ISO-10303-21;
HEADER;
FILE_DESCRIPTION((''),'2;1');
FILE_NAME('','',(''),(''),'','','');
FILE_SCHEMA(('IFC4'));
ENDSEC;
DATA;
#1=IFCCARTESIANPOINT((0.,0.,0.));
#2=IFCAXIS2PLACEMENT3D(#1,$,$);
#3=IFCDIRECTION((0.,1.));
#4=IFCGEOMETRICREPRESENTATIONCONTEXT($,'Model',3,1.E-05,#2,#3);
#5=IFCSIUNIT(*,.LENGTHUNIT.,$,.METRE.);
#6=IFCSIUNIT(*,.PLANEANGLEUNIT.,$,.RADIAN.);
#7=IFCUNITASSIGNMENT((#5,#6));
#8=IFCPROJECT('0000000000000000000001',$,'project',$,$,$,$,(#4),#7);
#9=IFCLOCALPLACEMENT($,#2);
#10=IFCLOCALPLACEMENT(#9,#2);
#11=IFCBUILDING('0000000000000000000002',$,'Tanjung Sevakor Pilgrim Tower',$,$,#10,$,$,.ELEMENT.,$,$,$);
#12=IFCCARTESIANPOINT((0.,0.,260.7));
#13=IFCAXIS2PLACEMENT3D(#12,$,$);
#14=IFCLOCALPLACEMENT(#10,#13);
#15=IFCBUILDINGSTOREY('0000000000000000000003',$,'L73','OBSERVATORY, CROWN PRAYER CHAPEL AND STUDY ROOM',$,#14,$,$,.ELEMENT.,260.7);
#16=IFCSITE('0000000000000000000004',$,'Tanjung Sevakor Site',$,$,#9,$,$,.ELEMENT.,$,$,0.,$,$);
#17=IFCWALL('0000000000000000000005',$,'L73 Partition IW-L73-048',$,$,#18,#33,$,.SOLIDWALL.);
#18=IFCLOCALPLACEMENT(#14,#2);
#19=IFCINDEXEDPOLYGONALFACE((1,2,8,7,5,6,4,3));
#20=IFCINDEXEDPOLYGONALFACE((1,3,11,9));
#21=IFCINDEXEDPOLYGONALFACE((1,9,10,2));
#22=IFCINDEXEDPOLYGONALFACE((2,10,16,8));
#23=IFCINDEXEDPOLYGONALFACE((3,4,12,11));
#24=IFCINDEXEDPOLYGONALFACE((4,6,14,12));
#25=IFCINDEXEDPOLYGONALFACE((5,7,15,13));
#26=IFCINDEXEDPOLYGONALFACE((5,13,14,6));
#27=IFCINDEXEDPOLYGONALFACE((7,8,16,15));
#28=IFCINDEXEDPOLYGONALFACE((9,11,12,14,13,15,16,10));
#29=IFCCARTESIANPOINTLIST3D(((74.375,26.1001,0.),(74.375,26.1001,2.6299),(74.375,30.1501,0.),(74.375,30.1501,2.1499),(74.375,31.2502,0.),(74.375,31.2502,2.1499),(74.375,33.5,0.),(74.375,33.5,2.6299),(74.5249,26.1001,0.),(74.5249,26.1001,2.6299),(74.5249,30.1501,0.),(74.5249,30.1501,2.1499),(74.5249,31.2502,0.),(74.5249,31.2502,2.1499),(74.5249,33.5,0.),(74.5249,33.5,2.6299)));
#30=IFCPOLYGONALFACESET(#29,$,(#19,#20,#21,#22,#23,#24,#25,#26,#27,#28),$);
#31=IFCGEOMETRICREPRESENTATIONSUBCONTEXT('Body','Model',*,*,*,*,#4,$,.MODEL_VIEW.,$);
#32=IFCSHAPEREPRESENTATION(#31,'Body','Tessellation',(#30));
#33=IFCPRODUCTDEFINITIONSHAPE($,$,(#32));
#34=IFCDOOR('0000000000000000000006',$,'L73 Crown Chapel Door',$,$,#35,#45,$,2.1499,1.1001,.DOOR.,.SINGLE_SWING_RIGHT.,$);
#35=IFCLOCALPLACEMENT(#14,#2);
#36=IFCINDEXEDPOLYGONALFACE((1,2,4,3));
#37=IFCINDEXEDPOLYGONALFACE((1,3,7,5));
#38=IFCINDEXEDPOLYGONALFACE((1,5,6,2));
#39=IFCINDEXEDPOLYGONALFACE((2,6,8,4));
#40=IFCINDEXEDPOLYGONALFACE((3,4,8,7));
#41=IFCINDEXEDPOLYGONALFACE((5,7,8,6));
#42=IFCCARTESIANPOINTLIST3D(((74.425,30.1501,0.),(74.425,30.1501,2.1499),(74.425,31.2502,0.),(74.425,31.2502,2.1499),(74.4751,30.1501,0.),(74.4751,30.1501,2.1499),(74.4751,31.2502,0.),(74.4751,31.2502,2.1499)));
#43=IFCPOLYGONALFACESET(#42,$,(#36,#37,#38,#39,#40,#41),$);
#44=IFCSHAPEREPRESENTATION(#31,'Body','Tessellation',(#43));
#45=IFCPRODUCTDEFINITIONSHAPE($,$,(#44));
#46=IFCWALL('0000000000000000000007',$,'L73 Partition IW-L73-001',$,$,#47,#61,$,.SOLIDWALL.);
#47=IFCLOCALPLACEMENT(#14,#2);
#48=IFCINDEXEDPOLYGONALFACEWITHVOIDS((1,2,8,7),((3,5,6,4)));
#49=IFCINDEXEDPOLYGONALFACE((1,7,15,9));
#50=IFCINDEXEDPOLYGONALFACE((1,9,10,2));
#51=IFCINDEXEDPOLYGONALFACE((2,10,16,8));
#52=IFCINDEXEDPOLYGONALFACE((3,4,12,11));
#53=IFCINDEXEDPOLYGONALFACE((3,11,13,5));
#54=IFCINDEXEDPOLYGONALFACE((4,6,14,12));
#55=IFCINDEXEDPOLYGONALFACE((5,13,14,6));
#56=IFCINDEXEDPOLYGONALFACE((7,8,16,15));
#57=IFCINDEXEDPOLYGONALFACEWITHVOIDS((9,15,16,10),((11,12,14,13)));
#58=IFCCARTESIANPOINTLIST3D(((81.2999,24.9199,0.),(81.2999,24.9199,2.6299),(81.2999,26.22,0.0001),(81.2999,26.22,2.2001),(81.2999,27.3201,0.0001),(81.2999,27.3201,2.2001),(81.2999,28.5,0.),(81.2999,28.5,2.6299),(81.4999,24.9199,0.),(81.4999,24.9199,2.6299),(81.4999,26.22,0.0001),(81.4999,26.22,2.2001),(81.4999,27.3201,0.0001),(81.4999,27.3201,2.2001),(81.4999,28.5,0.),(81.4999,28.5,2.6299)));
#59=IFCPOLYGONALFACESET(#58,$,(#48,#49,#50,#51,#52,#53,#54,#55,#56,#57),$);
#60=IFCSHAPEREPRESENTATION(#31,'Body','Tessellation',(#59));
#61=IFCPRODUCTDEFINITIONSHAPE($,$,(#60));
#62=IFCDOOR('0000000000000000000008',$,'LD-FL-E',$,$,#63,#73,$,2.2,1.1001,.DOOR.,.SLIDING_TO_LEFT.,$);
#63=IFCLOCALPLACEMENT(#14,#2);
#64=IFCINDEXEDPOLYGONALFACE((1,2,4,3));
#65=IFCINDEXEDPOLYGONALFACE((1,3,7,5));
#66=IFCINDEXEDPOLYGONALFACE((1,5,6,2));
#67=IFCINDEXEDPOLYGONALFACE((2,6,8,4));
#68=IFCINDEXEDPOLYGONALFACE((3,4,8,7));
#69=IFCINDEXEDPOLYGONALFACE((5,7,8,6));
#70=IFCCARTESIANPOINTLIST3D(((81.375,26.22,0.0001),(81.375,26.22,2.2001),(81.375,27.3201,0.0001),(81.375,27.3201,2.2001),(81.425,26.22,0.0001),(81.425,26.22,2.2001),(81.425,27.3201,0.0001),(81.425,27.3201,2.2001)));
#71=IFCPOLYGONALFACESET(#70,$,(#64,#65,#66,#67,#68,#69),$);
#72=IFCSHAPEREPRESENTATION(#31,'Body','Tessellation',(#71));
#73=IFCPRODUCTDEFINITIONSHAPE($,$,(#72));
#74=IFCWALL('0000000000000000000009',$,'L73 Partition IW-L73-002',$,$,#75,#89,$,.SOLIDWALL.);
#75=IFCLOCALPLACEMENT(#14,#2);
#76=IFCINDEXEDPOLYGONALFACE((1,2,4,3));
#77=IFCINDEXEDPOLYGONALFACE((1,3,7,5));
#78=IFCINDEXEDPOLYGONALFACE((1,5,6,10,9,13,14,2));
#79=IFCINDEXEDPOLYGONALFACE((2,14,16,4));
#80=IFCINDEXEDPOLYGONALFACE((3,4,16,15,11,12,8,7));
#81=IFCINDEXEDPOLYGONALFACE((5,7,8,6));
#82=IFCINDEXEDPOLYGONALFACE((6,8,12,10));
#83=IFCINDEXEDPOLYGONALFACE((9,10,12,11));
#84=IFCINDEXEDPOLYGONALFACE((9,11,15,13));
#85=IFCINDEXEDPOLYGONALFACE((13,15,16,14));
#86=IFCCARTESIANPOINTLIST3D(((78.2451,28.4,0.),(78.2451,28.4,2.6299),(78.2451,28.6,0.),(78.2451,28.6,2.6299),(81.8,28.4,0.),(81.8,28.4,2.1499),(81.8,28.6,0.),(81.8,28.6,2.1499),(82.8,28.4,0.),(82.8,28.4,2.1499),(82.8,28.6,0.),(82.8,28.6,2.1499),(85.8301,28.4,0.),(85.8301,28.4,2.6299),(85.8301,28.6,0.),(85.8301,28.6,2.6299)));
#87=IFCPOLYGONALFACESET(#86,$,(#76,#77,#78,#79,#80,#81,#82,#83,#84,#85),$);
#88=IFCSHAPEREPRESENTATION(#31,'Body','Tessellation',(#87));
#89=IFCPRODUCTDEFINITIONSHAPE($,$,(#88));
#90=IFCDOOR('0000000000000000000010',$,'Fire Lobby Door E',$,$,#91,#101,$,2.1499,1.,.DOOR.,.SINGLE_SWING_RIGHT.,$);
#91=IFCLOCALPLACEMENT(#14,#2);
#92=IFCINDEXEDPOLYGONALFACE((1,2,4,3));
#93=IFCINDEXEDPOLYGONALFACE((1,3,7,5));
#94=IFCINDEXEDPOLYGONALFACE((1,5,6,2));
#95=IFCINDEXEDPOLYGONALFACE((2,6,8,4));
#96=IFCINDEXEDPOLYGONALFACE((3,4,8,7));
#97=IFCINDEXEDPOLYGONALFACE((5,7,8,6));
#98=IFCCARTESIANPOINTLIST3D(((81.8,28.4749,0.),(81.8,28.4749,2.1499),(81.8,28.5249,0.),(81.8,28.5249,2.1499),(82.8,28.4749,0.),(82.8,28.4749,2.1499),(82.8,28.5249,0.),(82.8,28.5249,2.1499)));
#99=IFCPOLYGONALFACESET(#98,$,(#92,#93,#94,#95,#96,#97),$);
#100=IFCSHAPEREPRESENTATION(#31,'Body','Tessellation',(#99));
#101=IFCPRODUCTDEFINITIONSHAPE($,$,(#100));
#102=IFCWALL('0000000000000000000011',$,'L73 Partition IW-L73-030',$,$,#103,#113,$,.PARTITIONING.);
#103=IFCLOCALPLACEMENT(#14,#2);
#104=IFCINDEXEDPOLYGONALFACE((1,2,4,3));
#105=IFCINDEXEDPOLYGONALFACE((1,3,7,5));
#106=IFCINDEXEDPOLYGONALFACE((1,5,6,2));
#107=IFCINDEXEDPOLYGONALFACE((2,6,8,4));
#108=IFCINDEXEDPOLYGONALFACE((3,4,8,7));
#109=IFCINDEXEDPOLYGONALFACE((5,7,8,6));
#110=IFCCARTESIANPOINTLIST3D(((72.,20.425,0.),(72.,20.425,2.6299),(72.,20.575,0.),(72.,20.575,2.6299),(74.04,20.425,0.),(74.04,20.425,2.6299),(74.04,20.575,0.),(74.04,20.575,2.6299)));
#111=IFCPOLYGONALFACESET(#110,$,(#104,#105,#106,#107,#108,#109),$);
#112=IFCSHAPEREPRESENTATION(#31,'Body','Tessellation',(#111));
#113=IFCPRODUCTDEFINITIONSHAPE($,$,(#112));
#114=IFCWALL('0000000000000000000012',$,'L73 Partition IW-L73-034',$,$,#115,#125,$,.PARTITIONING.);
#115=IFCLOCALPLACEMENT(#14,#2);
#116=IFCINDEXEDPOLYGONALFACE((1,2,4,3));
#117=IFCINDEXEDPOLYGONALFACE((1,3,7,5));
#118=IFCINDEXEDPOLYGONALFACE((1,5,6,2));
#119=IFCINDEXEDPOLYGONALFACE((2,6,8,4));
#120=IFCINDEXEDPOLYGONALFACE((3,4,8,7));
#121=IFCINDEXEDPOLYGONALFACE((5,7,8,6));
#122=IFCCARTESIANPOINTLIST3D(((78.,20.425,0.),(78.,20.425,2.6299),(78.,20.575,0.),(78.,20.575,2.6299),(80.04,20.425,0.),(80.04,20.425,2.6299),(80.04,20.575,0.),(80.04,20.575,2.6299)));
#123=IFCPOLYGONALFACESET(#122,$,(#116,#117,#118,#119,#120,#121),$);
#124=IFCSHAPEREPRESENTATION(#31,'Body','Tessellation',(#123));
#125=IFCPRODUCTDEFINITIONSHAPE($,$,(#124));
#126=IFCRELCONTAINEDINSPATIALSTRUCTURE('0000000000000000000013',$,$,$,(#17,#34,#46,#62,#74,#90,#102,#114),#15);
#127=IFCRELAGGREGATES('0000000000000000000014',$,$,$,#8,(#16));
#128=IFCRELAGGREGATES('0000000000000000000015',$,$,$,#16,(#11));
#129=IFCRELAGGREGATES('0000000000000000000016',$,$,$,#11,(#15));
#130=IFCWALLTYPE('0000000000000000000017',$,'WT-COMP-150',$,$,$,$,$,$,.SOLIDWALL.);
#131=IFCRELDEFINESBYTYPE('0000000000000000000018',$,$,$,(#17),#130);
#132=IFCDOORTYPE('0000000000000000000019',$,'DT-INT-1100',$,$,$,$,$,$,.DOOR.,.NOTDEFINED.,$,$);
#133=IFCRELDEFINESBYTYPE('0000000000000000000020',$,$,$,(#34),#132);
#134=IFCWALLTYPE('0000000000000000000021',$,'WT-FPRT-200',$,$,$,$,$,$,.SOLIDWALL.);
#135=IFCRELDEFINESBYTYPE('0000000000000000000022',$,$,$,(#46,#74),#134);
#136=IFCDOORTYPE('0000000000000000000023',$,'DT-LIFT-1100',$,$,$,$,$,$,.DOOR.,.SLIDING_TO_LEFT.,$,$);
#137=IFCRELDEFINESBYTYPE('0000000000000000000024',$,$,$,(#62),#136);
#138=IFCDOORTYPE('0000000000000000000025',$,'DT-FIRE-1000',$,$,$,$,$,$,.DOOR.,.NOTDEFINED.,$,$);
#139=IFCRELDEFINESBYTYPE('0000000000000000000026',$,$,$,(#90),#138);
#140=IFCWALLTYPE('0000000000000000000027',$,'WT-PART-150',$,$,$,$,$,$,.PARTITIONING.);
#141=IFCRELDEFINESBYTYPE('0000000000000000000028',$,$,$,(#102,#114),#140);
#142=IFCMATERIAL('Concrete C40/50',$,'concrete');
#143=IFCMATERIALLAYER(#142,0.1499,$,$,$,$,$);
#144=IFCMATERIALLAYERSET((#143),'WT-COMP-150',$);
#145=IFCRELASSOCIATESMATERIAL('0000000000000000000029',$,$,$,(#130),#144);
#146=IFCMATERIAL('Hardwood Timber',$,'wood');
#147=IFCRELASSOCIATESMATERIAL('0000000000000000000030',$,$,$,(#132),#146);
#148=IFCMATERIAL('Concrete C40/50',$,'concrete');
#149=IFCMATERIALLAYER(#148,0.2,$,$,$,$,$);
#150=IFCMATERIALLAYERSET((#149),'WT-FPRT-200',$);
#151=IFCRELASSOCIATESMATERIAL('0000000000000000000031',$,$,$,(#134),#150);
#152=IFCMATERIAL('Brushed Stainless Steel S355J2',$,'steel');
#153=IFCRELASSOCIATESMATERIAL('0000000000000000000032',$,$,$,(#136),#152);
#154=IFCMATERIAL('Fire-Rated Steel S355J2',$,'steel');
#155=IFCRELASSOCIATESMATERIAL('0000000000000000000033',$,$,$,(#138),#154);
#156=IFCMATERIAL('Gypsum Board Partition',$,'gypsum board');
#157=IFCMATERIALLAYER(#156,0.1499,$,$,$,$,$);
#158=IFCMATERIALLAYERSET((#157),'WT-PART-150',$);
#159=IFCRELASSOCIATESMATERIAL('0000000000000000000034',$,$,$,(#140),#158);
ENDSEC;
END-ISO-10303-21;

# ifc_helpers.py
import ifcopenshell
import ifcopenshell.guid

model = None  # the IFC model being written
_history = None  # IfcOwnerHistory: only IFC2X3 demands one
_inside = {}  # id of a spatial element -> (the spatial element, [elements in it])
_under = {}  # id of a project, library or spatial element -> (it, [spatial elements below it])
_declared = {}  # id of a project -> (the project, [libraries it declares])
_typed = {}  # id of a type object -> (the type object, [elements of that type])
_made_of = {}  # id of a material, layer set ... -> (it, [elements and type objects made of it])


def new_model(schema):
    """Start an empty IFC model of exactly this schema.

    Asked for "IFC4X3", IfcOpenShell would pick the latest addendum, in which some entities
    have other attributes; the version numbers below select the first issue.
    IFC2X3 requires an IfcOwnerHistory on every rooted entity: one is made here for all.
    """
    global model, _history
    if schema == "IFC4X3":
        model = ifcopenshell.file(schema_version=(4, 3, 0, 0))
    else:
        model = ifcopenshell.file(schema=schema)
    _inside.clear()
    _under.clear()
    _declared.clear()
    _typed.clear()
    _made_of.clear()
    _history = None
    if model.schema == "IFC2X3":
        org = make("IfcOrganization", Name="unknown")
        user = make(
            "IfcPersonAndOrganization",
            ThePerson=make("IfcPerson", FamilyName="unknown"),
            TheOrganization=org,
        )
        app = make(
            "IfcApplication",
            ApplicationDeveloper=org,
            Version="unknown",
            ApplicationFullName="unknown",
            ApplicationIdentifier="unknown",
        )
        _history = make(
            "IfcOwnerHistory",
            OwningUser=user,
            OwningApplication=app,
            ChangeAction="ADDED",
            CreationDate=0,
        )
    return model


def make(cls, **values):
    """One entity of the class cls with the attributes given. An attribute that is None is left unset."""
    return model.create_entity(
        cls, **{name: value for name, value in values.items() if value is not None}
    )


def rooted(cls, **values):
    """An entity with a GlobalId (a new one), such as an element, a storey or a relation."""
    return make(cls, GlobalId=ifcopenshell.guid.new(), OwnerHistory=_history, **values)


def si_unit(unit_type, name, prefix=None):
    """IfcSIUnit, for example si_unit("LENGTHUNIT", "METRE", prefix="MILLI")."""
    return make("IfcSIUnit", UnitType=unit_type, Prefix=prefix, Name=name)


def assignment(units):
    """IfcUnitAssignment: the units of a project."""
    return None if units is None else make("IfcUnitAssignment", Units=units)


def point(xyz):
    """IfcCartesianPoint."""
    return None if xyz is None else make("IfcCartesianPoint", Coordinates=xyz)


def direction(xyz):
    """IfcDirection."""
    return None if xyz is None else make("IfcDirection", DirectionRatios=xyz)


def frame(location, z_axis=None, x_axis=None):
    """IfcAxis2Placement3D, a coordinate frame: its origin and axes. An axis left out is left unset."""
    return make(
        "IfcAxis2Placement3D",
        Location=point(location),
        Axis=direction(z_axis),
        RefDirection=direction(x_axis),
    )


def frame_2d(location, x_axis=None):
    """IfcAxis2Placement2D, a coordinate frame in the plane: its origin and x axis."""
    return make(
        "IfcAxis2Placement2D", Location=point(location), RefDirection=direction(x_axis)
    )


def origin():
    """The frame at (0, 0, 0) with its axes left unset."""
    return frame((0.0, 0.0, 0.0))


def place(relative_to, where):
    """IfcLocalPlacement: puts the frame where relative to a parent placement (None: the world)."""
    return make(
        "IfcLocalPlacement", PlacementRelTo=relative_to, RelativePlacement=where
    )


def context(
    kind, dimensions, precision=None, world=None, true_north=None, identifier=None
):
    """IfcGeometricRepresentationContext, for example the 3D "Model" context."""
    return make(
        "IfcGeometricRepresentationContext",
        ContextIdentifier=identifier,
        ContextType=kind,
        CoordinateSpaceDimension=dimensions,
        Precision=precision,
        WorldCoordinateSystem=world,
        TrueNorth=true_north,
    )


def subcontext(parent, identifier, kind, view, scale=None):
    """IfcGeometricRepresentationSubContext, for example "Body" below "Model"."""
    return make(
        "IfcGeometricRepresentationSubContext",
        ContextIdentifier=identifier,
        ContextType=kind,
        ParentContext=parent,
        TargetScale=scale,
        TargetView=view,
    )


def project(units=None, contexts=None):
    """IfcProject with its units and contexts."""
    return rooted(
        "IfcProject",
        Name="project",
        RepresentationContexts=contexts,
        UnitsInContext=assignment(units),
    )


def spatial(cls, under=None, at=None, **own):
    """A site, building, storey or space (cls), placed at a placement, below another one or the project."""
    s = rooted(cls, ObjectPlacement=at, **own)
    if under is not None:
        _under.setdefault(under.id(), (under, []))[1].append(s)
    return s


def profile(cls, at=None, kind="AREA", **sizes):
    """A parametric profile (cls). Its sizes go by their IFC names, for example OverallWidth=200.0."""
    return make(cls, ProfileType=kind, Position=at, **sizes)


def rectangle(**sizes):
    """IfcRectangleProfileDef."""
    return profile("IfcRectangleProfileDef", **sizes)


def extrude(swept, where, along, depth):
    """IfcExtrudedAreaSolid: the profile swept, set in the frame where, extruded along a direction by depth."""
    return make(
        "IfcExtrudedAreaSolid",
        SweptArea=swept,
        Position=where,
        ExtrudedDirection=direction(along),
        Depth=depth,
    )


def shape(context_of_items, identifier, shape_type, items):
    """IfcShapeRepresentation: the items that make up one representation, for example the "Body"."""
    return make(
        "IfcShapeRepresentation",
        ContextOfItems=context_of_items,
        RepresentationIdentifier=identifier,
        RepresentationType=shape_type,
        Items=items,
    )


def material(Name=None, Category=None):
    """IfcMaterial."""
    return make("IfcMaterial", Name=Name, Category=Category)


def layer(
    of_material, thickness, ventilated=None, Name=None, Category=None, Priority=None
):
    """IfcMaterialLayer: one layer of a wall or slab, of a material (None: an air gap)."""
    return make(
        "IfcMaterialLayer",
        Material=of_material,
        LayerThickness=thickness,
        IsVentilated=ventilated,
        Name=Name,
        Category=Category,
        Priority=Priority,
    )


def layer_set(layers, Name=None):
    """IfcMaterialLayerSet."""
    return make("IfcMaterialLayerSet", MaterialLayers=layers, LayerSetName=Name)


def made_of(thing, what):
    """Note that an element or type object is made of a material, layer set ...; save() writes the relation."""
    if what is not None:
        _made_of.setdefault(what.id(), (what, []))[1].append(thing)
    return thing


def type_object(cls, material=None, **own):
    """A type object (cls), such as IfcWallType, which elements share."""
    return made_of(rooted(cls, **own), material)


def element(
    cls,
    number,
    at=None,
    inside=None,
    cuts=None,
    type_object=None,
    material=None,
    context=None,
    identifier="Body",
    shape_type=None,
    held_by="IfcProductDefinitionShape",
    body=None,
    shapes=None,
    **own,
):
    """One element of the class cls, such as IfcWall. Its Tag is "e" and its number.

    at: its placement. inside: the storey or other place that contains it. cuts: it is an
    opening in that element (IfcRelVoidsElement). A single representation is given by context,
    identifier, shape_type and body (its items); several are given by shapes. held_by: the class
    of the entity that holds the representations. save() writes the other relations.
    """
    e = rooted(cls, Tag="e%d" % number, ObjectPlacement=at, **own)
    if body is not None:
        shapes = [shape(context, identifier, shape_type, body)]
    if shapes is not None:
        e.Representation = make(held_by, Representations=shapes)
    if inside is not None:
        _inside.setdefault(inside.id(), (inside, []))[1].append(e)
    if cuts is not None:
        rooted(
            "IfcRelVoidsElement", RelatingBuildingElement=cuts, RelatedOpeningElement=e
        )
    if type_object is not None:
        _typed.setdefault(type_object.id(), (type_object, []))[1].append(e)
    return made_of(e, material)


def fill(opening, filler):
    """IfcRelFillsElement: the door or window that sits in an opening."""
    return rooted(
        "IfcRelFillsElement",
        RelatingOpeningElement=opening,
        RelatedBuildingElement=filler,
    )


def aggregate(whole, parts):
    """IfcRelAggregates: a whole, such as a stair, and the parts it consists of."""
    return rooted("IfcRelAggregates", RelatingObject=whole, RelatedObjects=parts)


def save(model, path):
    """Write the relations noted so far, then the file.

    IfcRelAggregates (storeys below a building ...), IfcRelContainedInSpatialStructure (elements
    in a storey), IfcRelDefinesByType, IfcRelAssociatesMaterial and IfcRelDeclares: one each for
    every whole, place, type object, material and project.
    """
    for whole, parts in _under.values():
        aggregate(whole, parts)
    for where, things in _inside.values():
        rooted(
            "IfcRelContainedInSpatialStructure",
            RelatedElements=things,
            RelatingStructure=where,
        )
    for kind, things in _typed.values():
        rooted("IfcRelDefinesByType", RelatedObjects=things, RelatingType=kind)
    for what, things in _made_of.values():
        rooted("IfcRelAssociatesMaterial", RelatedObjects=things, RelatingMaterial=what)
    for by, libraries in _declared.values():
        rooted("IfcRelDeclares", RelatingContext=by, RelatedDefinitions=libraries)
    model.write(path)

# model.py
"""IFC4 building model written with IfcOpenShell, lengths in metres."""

from ifc_helpers import new_model, si_unit, direction, frame, frame_2d, origin, place, context, subcontext, project, spatial, rectangle, extrude, material, layer, layer_set, type_object, element, fill, save


model = new_model("IFC4")

# Units and contexts
model_context = context("Model", 3, precision=1e-05, world=origin(), true_north=direction((0.0, 1.0)))
body_context = subcontext(model_context, "Body", "Model", "MODEL_VIEW")
ifc_project = project(units=[si_unit("LENGTHUNIT", "METRE"), si_unit("PLANEANGLEUNIT", "RADIAN")], contexts=[model_context])

# Site, building, storey
site_placement = place(None, origin())
site = spatial("IfcSite", under=ifc_project, at=site_placement, Name="Tanjung Sevakor Site", CompositionType="ELEMENT", RefElevation=0.0)
building_placement = place(site_placement, origin())
building = spatial("IfcBuilding", under=site, at=building_placement, Name="Tanjung Sevakor Pilgrim Tower", CompositionType="ELEMENT")
storey_placement = place(building_placement, frame((0.0, 0.0, 260.7)))
storey = spatial("IfcBuildingStorey", under=building, at=storey_placement, Name="L73", Description="OBSERVATORY, CROWN PRAYER CHAPEL AND STUDY ROOM", CompositionType="ELEMENT", Elevation=260.7)

# Walls, openings, doors
ifc_material_1 = material(Name="Concrete C40/50", Category="concrete")
ifc_layer_1 = layer(ifc_material_1, 0.1499)
ifc_layer_set_1 = layer_set([ifc_layer_1], Name="WT-COMP-150")
wall_type_1 = type_object("IfcWallType", Name="WT-COMP-150", PredefinedType="SOLIDWALL", material=ifc_layer_set_1)
wall_1_placement = place(storey_placement, frame((74.45, 26.1001, 0.0), z_axis=(0.0, 0.0, 1.0), x_axis=(0.0, 1.0, 0.0)))
wall_1 = element("IfcWall", 1, at=wall_1_placement, inside=storey, type_object=wall_type_1, Name="L73 Partition IW-L73-048", PredefinedType="SOLIDWALL", context=body_context, shape_type="SweptSolid", body=[
    extrude(rectangle(XDim=7.3999, YDim=0.1499, at=frame_2d((3.7, 0.0))), origin(), (0.0, 0.0, 1.0), 2.6299),
])
opening_1_placement = place(wall_1_placement, frame((4.05, 0.0, 0.0)))
opening_1 = element("IfcOpeningElement", 2, at=opening_1_placement, cuts=wall_1, PredefinedType="OPENING", context=body_context, shape_type="SweptSolid", body=[
    extrude(rectangle(XDim=1.1001, YDim=2.1499, at=frame_2d((0.55, 1.075))), frame((0.0, 0.085, 0.0), z_axis=(0.0, -1.0, 0.0), x_axis=(1.0, 0.0, 0.0)), (0.0, 0.0, 1.0), 0.1699),
])
ifc_material_2 = material(Name="Hardwood Timber", Category="wood")
door_type_1 = type_object("IfcDoorType", Name="DT-INT-1100", OperationType="NOTDEFINED", PredefinedType="DOOR", material=ifc_material_2)
door_1_placement = place(opening_1_placement, origin())
door_1 = element("IfcDoor", 3, at=door_1_placement, inside=storey, type_object=door_type_1, Name="L73 Crown Chapel Door", OperationType="SINGLE_SWING_RIGHT", OverallHeight=2.1499, OverallWidth=1.1001, PredefinedType="DOOR", context=body_context, shape_type="SweptSolid", body=[
    extrude(rectangle(XDim=1.1001, YDim=2.1499, at=frame_2d((0.55, 1.075))), frame((0.0, 0.0249, 0.0), z_axis=(0.0, -1.0, 0.0), x_axis=(1.0, 0.0, 0.0)), (0.0, 0.0, 1.0), 0.05),
])
fill(opening_1, door_1)
ifc_material_3 = material(Name="Concrete C40/50", Category="concrete")
ifc_layer_2 = layer(ifc_material_3, 0.2)
ifc_layer_set_2 = layer_set([ifc_layer_2], Name="WT-FPRT-200")
wall_type_2 = type_object("IfcWallType", Name="WT-FPRT-200", PredefinedType="SOLIDWALL", material=ifc_layer_set_2)
wall_2_placement = place(storey_placement, frame((81.3999, 24.9199, 0.0), z_axis=(0.0, 0.0, 1.0), x_axis=(0.0, 1.0, 0.0)))
wall_2 = element("IfcWall", 4, at=wall_2_placement, inside=storey, type_object=wall_type_2, Name="L73 Partition IW-L73-001", PredefinedType="SOLIDWALL", context=body_context, shape_type="SweptSolid", body=[
    extrude(rectangle(XDim=3.5801, YDim=0.2, at=frame_2d((1.79, 0.0))), origin(), (0.0, 0.0, 1.0), 2.6299),
])
opening_2_placement = place(wall_2_placement, frame((1.3, 0.0, 0.0)))
opening_2 = element("IfcOpeningElement", 5, at=opening_2_placement, cuts=wall_2, PredefinedType="OPENING", context=body_context, shape_type="SweptSolid", body=[
    extrude(rectangle(XDim=1.1001, YDim=2.2, at=frame_2d((0.55, 1.1001))), frame((0.0, 0.1099, 0.0), z_axis=(0.0, -1.0, 0.0), x_axis=(1.0, 0.0, 0.0)), (0.0, 0.0, 1.0), 0.22),
])
ifc_material_4 = material(Name="Brushed Stainless Steel S355J2", Category="steel")
door_type_2 = type_object("IfcDoorType", Name="DT-LIFT-1100", OperationType="SLIDING_TO_LEFT", PredefinedType="DOOR", material=ifc_material_4)
door_2_placement = place(opening_2_placement, origin())
door_2 = element("IfcDoor", 6, at=door_2_placement, inside=storey, type_object=door_type_2, Name="LD-FL-E", OperationType="SLIDING_TO_LEFT", OverallHeight=2.2, OverallWidth=1.1001, PredefinedType="DOOR", context=body_context, shape_type="SweptSolid", body=[
    extrude(rectangle(XDim=1.1001, YDim=2.2, at=frame_2d((0.55, 1.1001))), frame((0.0, 0.0249, 0.0), z_axis=(0.0, -1.0, 0.0), x_axis=(1.0, 0.0, 0.0)), (0.0, 0.0, 1.0), 0.05),
])
fill(opening_2, door_2)
wall_3_placement = place(storey_placement, frame((78.2451, 28.5, 0.0), z_axis=(0.0, 0.0, 1.0), x_axis=(1.0, 0.0, 0.0)))
wall_3 = element("IfcWall", 7, at=wall_3_placement, inside=storey, type_object=wall_type_2, Name="L73 Partition IW-L73-002", PredefinedType="SOLIDWALL", context=body_context, shape_type="SweptSolid", body=[
    extrude(rectangle(XDim=7.585, YDim=0.2, at=frame_2d((3.7925, 0.0))), origin(), (0.0, 0.0, 1.0), 2.6299),
])
opening_3_placement = place(wall_3_placement, frame((3.5549, 0.0, 0.0)))
opening_3 = element("IfcOpeningElement", 8, at=opening_3_placement, cuts=wall_3, PredefinedType="OPENING", context=body_context, shape_type="SweptSolid", body=[
    extrude(rectangle(XDim=1.0, YDim=2.1499, at=frame_2d((0.5, 1.075))), frame((0.0, 0.1099, 0.0), z_axis=(0.0, -1.0, 0.0), x_axis=(1.0, 0.0, 0.0)), (0.0, 0.0, 1.0), 0.22),
])
ifc_material_5 = material(Name="Fire-Rated Steel S355J2", Category="steel")
door_type_3 = type_object("IfcDoorType", Name="DT-FIRE-1000", OperationType="NOTDEFINED", PredefinedType="DOOR", material=ifc_material_5)
door_3_placement = place(opening_3_placement, origin())
door_3 = element("IfcDoor", 9, at=door_3_placement, inside=storey, type_object=door_type_3, Name="Fire Lobby Door E", OperationType="SINGLE_SWING_RIGHT", OverallHeight=2.1499, OverallWidth=1.0, PredefinedType="DOOR", context=body_context, shape_type="SweptSolid", body=[
    extrude(rectangle(XDim=1.0, YDim=2.1499, at=frame_2d((0.5, 1.075))), frame((0.0, 0.0249, 0.0), z_axis=(0.0, -1.0, 0.0), x_axis=(1.0, 0.0, 0.0)), (0.0, 0.0, 1.0), 0.05),
])
fill(opening_3, door_3)

# Walls
ifc_material_6 = material(Name="Gypsum Board Partition", Category="gypsum board")
ifc_layer_3 = layer(ifc_material_6, 0.1499)
ifc_layer_set_3 = layer_set([ifc_layer_3], Name="WT-PART-150")
wall_type_3 = type_object("IfcWallType", Name="WT-PART-150", PredefinedType="PARTITIONING", material=ifc_layer_set_3)
for number, where, z_axis, x_axis, name in (
    (10, (72.0, 20.5, 0.0), (0.0, 0.0, 1.0), (1.0, 0.0, 0.0), "L73 Partition IW-L73-030"),
    (11, (78.0, 20.5, 0.0), (0.0, 0.0, 1.0), (1.0, 0.0, 0.0), "L73 Partition IW-L73-034"),
):
    element("IfcWall", number, at=place(storey_placement, frame(where, z_axis=z_axis, x_axis=x_axis)), inside=storey, type_object=wall_type_3, Name=name, PredefinedType="PARTITIONING", context=body_context, shape_type="SweptSolid", body=[
        extrude(rectangle(XDim=2.04, YDim=0.1499, at=frame_2d((1.02, 0.0))), origin(), (0.0, 0.0, 1.0), 2.6299),
    ])

save(model, "model.ifc")
